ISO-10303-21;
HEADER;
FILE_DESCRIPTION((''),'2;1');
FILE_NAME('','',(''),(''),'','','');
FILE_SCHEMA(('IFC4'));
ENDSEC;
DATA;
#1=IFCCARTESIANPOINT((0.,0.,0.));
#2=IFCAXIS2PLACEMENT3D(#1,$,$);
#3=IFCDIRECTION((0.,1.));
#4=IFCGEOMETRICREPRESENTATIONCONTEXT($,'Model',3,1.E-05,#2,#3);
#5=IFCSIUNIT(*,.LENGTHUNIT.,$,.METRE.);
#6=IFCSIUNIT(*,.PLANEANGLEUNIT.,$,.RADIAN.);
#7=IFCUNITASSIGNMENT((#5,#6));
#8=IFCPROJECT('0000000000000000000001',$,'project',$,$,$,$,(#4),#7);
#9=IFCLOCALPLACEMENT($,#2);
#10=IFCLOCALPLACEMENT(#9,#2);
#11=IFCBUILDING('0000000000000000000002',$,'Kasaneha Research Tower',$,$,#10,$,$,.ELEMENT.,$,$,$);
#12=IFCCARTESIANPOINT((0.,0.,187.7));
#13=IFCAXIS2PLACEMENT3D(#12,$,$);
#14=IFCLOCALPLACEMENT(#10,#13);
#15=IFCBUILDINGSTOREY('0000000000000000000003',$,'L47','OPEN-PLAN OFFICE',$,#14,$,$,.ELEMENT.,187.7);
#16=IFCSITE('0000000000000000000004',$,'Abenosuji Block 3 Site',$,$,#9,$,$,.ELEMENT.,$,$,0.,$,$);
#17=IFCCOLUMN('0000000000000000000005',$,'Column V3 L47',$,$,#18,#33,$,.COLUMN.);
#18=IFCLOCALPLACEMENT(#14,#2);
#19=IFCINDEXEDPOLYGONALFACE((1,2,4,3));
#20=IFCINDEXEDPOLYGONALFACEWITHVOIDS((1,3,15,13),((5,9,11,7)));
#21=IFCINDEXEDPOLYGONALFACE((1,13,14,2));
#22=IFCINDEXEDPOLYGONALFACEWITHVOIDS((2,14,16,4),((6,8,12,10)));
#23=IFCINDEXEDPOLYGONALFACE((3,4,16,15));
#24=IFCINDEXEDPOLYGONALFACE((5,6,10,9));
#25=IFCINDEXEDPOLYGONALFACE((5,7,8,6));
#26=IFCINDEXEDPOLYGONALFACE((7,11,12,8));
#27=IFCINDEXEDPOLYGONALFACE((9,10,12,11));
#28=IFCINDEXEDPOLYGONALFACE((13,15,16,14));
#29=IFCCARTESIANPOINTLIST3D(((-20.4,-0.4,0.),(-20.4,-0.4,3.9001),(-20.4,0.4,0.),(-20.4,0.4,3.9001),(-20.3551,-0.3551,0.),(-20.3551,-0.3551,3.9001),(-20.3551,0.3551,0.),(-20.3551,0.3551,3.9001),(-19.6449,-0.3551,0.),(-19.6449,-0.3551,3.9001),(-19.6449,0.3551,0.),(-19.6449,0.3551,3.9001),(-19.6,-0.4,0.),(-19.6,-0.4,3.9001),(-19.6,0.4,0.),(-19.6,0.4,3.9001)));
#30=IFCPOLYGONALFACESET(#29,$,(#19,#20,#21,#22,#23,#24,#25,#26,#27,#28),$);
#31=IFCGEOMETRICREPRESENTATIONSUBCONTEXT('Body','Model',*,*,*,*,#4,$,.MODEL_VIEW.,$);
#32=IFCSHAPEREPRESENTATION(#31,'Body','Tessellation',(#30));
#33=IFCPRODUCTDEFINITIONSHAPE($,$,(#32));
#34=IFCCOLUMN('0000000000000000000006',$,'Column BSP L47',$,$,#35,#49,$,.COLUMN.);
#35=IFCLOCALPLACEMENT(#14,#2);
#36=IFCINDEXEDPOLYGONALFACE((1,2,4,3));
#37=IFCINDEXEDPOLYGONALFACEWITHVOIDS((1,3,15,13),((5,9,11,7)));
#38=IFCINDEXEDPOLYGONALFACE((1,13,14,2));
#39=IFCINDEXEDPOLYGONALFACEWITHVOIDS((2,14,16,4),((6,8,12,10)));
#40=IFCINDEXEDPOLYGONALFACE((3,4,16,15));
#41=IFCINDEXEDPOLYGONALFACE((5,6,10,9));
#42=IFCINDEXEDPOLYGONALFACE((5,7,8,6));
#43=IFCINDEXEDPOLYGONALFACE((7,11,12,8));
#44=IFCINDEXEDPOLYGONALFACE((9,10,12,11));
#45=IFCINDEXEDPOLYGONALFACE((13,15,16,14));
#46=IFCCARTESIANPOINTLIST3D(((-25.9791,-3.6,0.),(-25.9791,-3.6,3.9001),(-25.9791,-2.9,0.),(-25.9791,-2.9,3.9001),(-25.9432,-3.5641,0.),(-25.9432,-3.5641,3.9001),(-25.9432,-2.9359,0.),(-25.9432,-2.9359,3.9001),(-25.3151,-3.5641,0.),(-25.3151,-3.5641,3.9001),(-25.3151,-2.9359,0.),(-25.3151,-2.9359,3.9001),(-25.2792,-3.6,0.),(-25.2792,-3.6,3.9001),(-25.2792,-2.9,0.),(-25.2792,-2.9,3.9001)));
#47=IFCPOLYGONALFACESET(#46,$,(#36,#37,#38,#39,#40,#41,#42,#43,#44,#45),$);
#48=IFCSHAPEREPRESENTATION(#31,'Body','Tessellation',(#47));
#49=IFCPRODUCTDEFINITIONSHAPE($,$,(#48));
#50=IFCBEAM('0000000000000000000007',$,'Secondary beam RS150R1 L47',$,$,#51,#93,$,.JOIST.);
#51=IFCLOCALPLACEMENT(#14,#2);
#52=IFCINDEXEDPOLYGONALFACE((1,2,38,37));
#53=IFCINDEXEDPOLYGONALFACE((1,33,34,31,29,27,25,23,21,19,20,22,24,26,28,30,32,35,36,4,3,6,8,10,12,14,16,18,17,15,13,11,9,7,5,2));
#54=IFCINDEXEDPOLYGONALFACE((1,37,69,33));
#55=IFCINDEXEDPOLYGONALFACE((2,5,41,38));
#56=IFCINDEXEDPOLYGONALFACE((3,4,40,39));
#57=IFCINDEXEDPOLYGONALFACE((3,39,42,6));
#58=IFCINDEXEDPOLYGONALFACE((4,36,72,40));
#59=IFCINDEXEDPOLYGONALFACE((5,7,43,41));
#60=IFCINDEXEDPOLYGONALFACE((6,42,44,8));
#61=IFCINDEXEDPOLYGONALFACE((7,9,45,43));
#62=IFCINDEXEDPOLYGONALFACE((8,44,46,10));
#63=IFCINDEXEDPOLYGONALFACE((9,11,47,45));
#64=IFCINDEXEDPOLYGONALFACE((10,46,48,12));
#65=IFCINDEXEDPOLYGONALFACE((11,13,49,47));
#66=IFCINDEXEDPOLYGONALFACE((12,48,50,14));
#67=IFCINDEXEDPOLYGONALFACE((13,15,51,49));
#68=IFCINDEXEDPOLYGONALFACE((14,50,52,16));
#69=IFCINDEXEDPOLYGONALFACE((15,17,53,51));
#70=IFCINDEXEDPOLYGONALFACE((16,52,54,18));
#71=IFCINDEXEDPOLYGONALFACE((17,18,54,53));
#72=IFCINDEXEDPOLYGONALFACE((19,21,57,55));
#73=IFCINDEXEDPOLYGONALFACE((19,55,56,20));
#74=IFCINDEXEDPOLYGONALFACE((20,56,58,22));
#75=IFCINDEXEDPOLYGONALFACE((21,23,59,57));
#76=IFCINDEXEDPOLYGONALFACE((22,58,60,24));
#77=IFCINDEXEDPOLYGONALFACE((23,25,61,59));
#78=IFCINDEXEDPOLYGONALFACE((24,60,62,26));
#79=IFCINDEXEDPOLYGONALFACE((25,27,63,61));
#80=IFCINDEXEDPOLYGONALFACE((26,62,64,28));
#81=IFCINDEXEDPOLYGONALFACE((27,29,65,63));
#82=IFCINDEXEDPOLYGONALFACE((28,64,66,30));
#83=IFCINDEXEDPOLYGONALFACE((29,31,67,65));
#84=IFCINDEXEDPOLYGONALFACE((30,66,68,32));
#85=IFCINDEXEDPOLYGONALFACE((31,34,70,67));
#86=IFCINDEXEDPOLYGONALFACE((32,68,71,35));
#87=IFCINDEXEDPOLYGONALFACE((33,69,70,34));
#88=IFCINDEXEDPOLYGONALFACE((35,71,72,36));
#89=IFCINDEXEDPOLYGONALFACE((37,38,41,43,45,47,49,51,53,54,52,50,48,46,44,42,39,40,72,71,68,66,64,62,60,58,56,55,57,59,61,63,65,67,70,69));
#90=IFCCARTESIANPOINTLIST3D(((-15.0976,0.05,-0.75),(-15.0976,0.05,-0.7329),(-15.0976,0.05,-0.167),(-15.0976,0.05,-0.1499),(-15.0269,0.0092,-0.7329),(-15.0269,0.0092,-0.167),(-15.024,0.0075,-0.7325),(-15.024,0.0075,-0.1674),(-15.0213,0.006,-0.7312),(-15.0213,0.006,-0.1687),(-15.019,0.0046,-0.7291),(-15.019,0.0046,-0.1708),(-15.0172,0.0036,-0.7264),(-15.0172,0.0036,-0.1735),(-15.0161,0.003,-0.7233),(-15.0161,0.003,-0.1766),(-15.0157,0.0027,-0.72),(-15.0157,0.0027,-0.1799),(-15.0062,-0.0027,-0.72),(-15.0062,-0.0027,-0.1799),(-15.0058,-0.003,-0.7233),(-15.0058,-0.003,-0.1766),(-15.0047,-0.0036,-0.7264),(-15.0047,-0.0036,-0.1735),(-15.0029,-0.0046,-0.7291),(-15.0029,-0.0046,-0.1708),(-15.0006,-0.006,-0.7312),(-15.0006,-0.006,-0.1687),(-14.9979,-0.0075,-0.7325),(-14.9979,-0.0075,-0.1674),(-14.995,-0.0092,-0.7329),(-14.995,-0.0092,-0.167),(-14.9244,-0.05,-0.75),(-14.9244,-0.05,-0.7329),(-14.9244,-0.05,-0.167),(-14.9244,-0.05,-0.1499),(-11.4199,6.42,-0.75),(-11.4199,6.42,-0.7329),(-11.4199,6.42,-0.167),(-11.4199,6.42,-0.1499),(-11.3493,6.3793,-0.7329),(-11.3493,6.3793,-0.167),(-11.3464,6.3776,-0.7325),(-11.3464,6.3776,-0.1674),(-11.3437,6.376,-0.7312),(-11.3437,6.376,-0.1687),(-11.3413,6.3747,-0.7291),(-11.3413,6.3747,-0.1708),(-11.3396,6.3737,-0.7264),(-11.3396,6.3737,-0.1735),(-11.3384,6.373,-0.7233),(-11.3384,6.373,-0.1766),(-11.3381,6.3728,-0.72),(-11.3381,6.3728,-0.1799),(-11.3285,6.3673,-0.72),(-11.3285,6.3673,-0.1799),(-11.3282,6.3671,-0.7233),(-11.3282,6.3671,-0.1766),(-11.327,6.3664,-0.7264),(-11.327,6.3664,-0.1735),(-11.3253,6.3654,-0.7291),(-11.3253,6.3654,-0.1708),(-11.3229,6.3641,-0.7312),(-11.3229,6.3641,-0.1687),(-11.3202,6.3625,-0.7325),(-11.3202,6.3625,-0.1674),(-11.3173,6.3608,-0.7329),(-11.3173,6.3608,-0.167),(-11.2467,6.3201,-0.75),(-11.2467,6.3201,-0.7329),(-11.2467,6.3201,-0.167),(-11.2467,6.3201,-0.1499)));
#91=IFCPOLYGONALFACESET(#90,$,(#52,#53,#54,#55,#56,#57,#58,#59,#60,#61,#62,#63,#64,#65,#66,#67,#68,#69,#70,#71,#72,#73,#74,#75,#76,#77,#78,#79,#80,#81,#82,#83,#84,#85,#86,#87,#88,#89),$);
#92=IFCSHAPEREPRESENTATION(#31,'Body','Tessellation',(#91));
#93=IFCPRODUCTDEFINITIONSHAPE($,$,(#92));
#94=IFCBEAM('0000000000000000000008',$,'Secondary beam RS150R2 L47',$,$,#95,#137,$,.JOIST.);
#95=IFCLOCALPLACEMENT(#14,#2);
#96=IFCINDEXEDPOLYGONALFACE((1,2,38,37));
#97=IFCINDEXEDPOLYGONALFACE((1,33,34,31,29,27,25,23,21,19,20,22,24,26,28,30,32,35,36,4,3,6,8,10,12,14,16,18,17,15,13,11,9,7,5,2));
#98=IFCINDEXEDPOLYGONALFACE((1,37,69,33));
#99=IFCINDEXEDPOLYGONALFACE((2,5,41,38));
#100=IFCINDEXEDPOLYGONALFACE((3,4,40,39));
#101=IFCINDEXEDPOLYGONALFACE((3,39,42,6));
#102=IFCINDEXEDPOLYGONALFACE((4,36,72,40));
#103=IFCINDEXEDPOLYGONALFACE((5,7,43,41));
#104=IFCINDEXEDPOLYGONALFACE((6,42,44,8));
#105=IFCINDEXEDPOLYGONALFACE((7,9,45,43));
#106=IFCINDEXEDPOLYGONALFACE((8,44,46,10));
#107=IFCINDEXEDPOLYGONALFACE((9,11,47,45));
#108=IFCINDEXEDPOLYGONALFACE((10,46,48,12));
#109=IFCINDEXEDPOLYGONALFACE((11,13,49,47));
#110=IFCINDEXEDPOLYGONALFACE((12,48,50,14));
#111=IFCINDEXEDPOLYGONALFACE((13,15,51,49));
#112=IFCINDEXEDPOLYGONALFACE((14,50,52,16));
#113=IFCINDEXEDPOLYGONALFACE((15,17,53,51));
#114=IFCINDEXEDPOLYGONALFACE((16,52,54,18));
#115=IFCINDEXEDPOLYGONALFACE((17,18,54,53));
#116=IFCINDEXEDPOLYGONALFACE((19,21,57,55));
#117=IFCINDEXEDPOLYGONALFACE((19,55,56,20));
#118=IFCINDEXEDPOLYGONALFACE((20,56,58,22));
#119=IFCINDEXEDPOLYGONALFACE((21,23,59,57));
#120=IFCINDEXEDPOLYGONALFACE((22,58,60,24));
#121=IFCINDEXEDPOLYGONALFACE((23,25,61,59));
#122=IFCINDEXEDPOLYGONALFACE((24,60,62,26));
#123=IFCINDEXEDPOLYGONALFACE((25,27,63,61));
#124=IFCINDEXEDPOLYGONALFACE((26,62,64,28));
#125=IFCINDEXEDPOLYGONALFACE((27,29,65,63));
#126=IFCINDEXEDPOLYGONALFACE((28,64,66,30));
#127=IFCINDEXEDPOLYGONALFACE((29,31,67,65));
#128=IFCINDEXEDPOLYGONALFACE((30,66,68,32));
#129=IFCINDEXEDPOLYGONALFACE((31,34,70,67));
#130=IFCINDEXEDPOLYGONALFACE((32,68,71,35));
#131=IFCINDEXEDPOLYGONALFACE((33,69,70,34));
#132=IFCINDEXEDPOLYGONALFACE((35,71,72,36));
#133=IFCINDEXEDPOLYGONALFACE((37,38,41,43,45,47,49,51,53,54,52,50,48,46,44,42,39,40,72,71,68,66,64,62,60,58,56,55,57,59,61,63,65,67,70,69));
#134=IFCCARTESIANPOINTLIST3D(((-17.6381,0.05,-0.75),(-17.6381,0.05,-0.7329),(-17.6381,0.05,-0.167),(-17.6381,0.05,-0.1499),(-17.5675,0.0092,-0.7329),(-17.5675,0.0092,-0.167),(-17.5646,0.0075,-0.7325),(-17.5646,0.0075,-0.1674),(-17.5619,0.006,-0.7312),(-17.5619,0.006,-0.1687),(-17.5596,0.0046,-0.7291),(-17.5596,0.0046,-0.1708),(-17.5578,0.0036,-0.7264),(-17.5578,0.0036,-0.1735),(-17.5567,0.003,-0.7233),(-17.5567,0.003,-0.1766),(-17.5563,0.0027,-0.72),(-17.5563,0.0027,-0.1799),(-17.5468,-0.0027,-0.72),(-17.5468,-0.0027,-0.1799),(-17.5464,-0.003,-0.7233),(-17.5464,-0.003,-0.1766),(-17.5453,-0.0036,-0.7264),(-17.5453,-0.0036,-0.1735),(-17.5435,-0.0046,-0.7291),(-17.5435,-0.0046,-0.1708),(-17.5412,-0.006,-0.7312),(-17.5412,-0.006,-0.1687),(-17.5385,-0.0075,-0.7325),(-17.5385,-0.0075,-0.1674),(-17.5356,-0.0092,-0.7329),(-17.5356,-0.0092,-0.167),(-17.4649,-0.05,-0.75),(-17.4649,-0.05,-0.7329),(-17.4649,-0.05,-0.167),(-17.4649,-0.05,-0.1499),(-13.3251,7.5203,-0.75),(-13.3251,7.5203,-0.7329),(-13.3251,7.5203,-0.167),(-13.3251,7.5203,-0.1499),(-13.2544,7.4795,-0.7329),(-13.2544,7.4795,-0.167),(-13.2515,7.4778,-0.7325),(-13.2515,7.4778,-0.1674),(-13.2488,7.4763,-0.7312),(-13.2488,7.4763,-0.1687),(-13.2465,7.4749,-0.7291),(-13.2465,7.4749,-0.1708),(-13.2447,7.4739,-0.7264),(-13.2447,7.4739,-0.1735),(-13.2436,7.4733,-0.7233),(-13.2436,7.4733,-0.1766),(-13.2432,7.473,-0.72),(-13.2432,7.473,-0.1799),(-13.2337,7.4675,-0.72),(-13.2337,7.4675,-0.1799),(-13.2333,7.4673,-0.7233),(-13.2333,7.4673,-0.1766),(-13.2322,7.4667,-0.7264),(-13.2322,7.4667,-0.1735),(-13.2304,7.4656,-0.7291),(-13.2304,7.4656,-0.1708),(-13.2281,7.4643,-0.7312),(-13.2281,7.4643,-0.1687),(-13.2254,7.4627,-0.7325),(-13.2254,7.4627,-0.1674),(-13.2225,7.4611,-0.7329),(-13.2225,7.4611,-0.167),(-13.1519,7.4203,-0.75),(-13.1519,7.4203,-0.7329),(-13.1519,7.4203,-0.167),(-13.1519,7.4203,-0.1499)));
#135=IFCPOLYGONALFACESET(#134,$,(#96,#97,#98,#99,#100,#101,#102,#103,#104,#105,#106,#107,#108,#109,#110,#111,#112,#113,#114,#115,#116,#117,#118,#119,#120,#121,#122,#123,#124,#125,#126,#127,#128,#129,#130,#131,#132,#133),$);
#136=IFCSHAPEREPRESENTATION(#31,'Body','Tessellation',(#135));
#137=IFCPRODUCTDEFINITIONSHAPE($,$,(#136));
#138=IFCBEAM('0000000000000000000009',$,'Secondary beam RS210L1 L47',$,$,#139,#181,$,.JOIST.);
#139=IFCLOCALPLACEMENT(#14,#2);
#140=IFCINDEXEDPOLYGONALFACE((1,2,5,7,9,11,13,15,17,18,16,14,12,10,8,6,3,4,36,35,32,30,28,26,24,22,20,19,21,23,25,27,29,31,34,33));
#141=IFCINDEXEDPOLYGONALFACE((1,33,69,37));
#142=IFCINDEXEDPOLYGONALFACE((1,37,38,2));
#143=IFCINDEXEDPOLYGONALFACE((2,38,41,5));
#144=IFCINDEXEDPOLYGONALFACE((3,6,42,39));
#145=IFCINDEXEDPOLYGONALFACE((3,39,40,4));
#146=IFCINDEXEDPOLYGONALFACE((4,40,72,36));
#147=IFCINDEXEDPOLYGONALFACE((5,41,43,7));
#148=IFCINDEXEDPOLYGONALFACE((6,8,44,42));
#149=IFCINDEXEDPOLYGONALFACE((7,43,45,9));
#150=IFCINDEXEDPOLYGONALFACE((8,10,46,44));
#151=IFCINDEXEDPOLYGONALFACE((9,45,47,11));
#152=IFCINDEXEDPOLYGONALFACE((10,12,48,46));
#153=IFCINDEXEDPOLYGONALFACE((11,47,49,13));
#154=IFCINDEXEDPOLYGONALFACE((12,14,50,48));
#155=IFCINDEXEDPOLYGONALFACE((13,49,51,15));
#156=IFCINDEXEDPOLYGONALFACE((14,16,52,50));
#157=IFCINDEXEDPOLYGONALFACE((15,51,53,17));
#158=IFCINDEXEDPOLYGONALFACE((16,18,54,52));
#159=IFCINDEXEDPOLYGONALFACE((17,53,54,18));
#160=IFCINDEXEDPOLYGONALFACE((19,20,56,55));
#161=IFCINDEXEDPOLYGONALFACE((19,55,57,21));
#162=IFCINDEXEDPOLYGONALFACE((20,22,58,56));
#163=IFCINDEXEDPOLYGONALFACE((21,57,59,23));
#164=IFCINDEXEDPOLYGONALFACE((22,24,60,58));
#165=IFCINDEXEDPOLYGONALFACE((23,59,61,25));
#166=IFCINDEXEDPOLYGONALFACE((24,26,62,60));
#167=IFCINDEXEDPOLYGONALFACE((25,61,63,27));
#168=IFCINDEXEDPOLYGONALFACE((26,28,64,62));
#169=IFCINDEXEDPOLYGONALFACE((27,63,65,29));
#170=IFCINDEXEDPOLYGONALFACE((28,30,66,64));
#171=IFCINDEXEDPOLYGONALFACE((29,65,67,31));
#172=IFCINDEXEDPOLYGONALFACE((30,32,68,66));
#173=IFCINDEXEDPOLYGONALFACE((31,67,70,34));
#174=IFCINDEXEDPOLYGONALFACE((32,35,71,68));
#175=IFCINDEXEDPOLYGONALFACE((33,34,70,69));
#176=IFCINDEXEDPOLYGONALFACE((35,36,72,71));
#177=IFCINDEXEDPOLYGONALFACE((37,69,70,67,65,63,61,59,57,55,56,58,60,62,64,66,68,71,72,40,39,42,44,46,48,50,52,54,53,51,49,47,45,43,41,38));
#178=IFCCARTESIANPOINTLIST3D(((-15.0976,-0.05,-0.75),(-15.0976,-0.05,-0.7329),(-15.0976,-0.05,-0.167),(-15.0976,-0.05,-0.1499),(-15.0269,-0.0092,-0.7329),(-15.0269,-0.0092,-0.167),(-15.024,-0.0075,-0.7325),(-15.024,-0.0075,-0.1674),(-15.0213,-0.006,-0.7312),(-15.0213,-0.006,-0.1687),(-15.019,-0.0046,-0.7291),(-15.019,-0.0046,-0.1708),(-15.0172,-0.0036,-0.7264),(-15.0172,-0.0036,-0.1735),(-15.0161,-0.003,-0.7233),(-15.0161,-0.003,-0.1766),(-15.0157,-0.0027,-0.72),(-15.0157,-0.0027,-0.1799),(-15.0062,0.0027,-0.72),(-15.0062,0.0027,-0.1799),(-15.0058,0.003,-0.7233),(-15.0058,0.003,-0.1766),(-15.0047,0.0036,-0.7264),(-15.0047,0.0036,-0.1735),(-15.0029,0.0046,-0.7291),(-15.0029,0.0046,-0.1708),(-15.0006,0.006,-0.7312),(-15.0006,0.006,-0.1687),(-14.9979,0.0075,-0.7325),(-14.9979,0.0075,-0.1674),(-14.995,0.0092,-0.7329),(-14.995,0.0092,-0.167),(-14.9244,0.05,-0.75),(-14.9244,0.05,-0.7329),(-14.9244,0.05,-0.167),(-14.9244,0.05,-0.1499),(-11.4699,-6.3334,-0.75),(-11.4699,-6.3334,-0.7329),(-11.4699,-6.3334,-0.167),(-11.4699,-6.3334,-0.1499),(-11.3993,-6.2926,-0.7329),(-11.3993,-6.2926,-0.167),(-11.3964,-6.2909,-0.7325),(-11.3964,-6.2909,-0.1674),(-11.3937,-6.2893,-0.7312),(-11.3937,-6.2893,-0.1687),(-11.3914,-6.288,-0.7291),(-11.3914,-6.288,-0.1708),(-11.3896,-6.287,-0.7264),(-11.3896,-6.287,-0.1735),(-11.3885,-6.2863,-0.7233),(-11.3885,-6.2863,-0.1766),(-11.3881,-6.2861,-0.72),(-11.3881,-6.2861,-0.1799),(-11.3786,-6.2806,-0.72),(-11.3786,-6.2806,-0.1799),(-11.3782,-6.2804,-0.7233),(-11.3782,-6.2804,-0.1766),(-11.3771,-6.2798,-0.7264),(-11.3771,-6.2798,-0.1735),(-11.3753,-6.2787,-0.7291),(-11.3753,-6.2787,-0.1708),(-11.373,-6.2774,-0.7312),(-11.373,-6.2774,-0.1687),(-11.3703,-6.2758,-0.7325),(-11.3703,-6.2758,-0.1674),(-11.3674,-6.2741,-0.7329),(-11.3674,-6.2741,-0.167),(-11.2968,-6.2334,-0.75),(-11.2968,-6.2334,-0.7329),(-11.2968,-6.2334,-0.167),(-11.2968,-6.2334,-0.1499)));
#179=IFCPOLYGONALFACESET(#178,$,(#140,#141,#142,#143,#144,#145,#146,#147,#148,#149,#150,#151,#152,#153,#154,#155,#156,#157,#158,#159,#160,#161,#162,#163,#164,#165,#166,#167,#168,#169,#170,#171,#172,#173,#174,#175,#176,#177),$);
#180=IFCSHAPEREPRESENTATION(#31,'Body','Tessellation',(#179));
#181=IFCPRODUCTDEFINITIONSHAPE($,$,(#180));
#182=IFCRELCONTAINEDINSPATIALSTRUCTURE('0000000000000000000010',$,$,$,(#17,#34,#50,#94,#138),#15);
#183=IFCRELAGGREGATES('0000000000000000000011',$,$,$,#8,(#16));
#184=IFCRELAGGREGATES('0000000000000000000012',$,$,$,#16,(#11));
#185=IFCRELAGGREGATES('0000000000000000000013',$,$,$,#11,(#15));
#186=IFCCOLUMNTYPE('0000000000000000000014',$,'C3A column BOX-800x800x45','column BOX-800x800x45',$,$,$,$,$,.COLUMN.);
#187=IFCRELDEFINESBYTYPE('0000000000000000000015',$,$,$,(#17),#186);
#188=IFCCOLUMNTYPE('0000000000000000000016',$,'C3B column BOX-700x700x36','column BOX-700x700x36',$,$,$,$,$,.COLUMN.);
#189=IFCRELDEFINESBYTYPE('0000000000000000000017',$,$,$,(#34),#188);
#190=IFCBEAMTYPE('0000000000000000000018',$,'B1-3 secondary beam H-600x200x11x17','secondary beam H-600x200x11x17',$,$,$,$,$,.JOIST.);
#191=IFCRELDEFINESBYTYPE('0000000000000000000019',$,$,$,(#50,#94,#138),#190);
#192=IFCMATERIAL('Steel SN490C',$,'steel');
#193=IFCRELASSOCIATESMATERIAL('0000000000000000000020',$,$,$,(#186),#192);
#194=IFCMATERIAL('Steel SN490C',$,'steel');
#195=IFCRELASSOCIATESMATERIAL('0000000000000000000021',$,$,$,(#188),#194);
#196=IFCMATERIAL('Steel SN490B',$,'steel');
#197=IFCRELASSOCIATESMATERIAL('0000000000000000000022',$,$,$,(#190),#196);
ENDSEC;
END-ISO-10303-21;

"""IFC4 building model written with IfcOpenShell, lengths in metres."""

from ifc_helpers import new_model, si_unit, direction, frame, origin, origin_2d, place, context, subcontext, project, spatial, hollow_rectangle, i_section, extrude, material, material_profile, profile_set, type_object, element, save


model = new_model("IFC4")

# Units and contexts
model_context = context("Model", 3, precision=1e-05, world=origin(), true_north=direction((0.0, 1.0)))
body_context = subcontext(model_context, "Body", "Model", "MODEL_VIEW")
ifc_project = project(units=[si_unit("LENGTHUNIT", "METRE"), si_unit("PLANEANGLEUNIT", "RADIAN")], contexts=[model_context])

# Site, building, storey
site_placement = place(None, origin())
site = spatial("IfcSite", under=ifc_project, at=site_placement, Name="Abenosuji Block 3 Site", CompositionType="ELEMENT", RefElevation=0.0)
building_placement = place(site_placement, origin())
building = spatial("IfcBuilding", under=site, at=building_placement, Name="Kasaneha Research Tower", CompositionType="ELEMENT")
storey_placement = place(building_placement, frame((0.0, 0.0, 187.7)))
storey = spatial("IfcBuildingStorey", under=building, at=storey_placement, Name="L47", Description="OPEN-PLAN OFFICE", CompositionType="ELEMENT", Elevation=187.7)

# Columns
ifc_material_1 = material(Name="Steel SN490C", Category="steel")
ifc_material_profile_1 = material_profile(ifc_material_1, hollow_rectangle(XDim=0.8, YDim=0.8, WallThickness=0.0449, at=origin_2d()), Name="BOX-800x800x45")
ifc_profile_set_1 = profile_set([ifc_material_profile_1], Name="Steel SN490C")
column_type_1 = type_object("IfcColumnType", Name="C3A column BOX-800x800x45", Description="column BOX-800x800x45", PredefinedType="COLUMN", material=ifc_profile_set_1)
column_1_placement = place(storey_placement, frame((-20.0, 0.0, 0.0), z_axis=(0.0, 0.0, 1.0), x_axis=(1.0, 0.0, 0.0)))
element("IfcColumn", 1, at=column_1_placement, inside=storey, type_object=column_type_1, Name="Column V3 L47", PredefinedType="COLUMN", context=body_context, shape_type="SweptSolid", body=[
    extrude(hollow_rectangle(XDim=0.8, YDim=0.8, WallThickness=0.0449, at=origin_2d()), origin(), (0.0, 0.0, 1.0), 3.9001),
])
ifc_material_2 = material(Name="Steel SN490C", Category="steel")
ifc_material_profile_2 = material_profile(ifc_material_2, hollow_rectangle(XDim=0.7, YDim=0.7, WallThickness=0.0359, at=origin_2d()), Name="BOX-700x700x36")
ifc_profile_set_2 = profile_set([ifc_material_profile_2], Name="Steel SN490C")
column_type_2 = type_object("IfcColumnType", Name="C3B column BOX-700x700x36", Description="column BOX-700x700x36", PredefinedType="COLUMN", material=ifc_profile_set_2)
column_2_placement = place(storey_placement, frame((-25.6292, -3.25, 0.0), z_axis=(0.0, 0.0, 1.0), x_axis=(1.0, 0.0, 0.0)))
element("IfcColumn", 2, at=column_2_placement, inside=storey, type_object=column_type_2, Name="Column BSP L47", PredefinedType="COLUMN", context=body_context, shape_type="SweptSolid", body=[
    extrude(hollow_rectangle(XDim=0.7, YDim=0.7, WallThickness=0.0359, at=origin_2d()), origin(), (0.0, 0.0, 1.0), 3.9001),
])

# Beams
ifc_material_3 = material(Name="Steel SN490B", Category="steel")
ifc_material_profile_3 = material_profile(ifc_material_3, i_section(OverallWidth=0.2, OverallDepth=0.6001, WebThickness=0.011, FlangeThickness=0.0171, FilletRadius=0.0129, at=origin_2d()), Name="H-600x200x11x17")
ifc_profile_set_3 = profile_set([ifc_material_profile_3], Name="Steel SN490B")
beam_type_1 = type_object("IfcBeamType", Name="B1-3 secondary beam H-600x200x11x17", Description="secondary beam H-600x200x11x17", PredefinedType="JOIST", material=ifc_profile_set_3)
beam_1_placement = place(storey_placement, frame((-15.011, 0.0, -0.45), z_axis=(0.499994, 0.866029, 0.0), x_axis=(-0.866029, 0.499994, 0.0)))
element("IfcBeam", 3, at=beam_1_placement, inside=storey, type_object=beam_type_1, Name="Secondary beam RS150R1 L47", PredefinedType="JOIST", context=body_context, shape_type="SweptSolid", body=[
    extrude(i_section(OverallWidth=0.2, OverallDepth=0.6001, WebThickness=0.011, FlangeThickness=0.0171, FilletRadius=0.0129, at=origin_2d()), origin(), (0.0, 0.0, 1.0), 7.3555),
])
beam_2_placement = place(storey_placement, frame((-17.5515, 0.0, -0.45), z_axis=(0.500005, 0.866023, 0.0), x_axis=(-0.866023, 0.500005, 0.0)))
element("IfcBeam", 4, at=beam_2_placement, inside=storey, type_object=beam_type_1, Name="Secondary beam RS150R2 L47", PredefinedType="JOIST", context=body_context, shape_type="SweptSolid", body=[
    extrude(i_section(OverallWidth=0.2, OverallDepth=0.6001, WebThickness=0.011, FlangeThickness=0.0171, FilletRadius=0.0129, at=origin_2d()), origin(), (0.0, 0.0, 1.0), 8.626),
])
beam_3_placement = place(storey_placement, frame((-15.011, 0.0, -0.45), z_axis=(0.499993, -0.866029, 0.0), x_axis=(0.866029, 0.499993, 0.0)))
element("IfcBeam", 5, at=beam_3_placement, inside=storey, type_object=beam_type_1, Name="Secondary beam RS210L1 L47", PredefinedType="JOIST", context=body_context, shape_type="SweptSolid", body=[
    extrude(i_section(OverallWidth=0.2, OverallDepth=0.6001, WebThickness=0.011, FlangeThickness=0.0171, FilletRadius=0.0129, at=origin_2d()), origin(), (0.0, 0.0, 1.0), 7.2554),
])

save(model, "model.ifc")
